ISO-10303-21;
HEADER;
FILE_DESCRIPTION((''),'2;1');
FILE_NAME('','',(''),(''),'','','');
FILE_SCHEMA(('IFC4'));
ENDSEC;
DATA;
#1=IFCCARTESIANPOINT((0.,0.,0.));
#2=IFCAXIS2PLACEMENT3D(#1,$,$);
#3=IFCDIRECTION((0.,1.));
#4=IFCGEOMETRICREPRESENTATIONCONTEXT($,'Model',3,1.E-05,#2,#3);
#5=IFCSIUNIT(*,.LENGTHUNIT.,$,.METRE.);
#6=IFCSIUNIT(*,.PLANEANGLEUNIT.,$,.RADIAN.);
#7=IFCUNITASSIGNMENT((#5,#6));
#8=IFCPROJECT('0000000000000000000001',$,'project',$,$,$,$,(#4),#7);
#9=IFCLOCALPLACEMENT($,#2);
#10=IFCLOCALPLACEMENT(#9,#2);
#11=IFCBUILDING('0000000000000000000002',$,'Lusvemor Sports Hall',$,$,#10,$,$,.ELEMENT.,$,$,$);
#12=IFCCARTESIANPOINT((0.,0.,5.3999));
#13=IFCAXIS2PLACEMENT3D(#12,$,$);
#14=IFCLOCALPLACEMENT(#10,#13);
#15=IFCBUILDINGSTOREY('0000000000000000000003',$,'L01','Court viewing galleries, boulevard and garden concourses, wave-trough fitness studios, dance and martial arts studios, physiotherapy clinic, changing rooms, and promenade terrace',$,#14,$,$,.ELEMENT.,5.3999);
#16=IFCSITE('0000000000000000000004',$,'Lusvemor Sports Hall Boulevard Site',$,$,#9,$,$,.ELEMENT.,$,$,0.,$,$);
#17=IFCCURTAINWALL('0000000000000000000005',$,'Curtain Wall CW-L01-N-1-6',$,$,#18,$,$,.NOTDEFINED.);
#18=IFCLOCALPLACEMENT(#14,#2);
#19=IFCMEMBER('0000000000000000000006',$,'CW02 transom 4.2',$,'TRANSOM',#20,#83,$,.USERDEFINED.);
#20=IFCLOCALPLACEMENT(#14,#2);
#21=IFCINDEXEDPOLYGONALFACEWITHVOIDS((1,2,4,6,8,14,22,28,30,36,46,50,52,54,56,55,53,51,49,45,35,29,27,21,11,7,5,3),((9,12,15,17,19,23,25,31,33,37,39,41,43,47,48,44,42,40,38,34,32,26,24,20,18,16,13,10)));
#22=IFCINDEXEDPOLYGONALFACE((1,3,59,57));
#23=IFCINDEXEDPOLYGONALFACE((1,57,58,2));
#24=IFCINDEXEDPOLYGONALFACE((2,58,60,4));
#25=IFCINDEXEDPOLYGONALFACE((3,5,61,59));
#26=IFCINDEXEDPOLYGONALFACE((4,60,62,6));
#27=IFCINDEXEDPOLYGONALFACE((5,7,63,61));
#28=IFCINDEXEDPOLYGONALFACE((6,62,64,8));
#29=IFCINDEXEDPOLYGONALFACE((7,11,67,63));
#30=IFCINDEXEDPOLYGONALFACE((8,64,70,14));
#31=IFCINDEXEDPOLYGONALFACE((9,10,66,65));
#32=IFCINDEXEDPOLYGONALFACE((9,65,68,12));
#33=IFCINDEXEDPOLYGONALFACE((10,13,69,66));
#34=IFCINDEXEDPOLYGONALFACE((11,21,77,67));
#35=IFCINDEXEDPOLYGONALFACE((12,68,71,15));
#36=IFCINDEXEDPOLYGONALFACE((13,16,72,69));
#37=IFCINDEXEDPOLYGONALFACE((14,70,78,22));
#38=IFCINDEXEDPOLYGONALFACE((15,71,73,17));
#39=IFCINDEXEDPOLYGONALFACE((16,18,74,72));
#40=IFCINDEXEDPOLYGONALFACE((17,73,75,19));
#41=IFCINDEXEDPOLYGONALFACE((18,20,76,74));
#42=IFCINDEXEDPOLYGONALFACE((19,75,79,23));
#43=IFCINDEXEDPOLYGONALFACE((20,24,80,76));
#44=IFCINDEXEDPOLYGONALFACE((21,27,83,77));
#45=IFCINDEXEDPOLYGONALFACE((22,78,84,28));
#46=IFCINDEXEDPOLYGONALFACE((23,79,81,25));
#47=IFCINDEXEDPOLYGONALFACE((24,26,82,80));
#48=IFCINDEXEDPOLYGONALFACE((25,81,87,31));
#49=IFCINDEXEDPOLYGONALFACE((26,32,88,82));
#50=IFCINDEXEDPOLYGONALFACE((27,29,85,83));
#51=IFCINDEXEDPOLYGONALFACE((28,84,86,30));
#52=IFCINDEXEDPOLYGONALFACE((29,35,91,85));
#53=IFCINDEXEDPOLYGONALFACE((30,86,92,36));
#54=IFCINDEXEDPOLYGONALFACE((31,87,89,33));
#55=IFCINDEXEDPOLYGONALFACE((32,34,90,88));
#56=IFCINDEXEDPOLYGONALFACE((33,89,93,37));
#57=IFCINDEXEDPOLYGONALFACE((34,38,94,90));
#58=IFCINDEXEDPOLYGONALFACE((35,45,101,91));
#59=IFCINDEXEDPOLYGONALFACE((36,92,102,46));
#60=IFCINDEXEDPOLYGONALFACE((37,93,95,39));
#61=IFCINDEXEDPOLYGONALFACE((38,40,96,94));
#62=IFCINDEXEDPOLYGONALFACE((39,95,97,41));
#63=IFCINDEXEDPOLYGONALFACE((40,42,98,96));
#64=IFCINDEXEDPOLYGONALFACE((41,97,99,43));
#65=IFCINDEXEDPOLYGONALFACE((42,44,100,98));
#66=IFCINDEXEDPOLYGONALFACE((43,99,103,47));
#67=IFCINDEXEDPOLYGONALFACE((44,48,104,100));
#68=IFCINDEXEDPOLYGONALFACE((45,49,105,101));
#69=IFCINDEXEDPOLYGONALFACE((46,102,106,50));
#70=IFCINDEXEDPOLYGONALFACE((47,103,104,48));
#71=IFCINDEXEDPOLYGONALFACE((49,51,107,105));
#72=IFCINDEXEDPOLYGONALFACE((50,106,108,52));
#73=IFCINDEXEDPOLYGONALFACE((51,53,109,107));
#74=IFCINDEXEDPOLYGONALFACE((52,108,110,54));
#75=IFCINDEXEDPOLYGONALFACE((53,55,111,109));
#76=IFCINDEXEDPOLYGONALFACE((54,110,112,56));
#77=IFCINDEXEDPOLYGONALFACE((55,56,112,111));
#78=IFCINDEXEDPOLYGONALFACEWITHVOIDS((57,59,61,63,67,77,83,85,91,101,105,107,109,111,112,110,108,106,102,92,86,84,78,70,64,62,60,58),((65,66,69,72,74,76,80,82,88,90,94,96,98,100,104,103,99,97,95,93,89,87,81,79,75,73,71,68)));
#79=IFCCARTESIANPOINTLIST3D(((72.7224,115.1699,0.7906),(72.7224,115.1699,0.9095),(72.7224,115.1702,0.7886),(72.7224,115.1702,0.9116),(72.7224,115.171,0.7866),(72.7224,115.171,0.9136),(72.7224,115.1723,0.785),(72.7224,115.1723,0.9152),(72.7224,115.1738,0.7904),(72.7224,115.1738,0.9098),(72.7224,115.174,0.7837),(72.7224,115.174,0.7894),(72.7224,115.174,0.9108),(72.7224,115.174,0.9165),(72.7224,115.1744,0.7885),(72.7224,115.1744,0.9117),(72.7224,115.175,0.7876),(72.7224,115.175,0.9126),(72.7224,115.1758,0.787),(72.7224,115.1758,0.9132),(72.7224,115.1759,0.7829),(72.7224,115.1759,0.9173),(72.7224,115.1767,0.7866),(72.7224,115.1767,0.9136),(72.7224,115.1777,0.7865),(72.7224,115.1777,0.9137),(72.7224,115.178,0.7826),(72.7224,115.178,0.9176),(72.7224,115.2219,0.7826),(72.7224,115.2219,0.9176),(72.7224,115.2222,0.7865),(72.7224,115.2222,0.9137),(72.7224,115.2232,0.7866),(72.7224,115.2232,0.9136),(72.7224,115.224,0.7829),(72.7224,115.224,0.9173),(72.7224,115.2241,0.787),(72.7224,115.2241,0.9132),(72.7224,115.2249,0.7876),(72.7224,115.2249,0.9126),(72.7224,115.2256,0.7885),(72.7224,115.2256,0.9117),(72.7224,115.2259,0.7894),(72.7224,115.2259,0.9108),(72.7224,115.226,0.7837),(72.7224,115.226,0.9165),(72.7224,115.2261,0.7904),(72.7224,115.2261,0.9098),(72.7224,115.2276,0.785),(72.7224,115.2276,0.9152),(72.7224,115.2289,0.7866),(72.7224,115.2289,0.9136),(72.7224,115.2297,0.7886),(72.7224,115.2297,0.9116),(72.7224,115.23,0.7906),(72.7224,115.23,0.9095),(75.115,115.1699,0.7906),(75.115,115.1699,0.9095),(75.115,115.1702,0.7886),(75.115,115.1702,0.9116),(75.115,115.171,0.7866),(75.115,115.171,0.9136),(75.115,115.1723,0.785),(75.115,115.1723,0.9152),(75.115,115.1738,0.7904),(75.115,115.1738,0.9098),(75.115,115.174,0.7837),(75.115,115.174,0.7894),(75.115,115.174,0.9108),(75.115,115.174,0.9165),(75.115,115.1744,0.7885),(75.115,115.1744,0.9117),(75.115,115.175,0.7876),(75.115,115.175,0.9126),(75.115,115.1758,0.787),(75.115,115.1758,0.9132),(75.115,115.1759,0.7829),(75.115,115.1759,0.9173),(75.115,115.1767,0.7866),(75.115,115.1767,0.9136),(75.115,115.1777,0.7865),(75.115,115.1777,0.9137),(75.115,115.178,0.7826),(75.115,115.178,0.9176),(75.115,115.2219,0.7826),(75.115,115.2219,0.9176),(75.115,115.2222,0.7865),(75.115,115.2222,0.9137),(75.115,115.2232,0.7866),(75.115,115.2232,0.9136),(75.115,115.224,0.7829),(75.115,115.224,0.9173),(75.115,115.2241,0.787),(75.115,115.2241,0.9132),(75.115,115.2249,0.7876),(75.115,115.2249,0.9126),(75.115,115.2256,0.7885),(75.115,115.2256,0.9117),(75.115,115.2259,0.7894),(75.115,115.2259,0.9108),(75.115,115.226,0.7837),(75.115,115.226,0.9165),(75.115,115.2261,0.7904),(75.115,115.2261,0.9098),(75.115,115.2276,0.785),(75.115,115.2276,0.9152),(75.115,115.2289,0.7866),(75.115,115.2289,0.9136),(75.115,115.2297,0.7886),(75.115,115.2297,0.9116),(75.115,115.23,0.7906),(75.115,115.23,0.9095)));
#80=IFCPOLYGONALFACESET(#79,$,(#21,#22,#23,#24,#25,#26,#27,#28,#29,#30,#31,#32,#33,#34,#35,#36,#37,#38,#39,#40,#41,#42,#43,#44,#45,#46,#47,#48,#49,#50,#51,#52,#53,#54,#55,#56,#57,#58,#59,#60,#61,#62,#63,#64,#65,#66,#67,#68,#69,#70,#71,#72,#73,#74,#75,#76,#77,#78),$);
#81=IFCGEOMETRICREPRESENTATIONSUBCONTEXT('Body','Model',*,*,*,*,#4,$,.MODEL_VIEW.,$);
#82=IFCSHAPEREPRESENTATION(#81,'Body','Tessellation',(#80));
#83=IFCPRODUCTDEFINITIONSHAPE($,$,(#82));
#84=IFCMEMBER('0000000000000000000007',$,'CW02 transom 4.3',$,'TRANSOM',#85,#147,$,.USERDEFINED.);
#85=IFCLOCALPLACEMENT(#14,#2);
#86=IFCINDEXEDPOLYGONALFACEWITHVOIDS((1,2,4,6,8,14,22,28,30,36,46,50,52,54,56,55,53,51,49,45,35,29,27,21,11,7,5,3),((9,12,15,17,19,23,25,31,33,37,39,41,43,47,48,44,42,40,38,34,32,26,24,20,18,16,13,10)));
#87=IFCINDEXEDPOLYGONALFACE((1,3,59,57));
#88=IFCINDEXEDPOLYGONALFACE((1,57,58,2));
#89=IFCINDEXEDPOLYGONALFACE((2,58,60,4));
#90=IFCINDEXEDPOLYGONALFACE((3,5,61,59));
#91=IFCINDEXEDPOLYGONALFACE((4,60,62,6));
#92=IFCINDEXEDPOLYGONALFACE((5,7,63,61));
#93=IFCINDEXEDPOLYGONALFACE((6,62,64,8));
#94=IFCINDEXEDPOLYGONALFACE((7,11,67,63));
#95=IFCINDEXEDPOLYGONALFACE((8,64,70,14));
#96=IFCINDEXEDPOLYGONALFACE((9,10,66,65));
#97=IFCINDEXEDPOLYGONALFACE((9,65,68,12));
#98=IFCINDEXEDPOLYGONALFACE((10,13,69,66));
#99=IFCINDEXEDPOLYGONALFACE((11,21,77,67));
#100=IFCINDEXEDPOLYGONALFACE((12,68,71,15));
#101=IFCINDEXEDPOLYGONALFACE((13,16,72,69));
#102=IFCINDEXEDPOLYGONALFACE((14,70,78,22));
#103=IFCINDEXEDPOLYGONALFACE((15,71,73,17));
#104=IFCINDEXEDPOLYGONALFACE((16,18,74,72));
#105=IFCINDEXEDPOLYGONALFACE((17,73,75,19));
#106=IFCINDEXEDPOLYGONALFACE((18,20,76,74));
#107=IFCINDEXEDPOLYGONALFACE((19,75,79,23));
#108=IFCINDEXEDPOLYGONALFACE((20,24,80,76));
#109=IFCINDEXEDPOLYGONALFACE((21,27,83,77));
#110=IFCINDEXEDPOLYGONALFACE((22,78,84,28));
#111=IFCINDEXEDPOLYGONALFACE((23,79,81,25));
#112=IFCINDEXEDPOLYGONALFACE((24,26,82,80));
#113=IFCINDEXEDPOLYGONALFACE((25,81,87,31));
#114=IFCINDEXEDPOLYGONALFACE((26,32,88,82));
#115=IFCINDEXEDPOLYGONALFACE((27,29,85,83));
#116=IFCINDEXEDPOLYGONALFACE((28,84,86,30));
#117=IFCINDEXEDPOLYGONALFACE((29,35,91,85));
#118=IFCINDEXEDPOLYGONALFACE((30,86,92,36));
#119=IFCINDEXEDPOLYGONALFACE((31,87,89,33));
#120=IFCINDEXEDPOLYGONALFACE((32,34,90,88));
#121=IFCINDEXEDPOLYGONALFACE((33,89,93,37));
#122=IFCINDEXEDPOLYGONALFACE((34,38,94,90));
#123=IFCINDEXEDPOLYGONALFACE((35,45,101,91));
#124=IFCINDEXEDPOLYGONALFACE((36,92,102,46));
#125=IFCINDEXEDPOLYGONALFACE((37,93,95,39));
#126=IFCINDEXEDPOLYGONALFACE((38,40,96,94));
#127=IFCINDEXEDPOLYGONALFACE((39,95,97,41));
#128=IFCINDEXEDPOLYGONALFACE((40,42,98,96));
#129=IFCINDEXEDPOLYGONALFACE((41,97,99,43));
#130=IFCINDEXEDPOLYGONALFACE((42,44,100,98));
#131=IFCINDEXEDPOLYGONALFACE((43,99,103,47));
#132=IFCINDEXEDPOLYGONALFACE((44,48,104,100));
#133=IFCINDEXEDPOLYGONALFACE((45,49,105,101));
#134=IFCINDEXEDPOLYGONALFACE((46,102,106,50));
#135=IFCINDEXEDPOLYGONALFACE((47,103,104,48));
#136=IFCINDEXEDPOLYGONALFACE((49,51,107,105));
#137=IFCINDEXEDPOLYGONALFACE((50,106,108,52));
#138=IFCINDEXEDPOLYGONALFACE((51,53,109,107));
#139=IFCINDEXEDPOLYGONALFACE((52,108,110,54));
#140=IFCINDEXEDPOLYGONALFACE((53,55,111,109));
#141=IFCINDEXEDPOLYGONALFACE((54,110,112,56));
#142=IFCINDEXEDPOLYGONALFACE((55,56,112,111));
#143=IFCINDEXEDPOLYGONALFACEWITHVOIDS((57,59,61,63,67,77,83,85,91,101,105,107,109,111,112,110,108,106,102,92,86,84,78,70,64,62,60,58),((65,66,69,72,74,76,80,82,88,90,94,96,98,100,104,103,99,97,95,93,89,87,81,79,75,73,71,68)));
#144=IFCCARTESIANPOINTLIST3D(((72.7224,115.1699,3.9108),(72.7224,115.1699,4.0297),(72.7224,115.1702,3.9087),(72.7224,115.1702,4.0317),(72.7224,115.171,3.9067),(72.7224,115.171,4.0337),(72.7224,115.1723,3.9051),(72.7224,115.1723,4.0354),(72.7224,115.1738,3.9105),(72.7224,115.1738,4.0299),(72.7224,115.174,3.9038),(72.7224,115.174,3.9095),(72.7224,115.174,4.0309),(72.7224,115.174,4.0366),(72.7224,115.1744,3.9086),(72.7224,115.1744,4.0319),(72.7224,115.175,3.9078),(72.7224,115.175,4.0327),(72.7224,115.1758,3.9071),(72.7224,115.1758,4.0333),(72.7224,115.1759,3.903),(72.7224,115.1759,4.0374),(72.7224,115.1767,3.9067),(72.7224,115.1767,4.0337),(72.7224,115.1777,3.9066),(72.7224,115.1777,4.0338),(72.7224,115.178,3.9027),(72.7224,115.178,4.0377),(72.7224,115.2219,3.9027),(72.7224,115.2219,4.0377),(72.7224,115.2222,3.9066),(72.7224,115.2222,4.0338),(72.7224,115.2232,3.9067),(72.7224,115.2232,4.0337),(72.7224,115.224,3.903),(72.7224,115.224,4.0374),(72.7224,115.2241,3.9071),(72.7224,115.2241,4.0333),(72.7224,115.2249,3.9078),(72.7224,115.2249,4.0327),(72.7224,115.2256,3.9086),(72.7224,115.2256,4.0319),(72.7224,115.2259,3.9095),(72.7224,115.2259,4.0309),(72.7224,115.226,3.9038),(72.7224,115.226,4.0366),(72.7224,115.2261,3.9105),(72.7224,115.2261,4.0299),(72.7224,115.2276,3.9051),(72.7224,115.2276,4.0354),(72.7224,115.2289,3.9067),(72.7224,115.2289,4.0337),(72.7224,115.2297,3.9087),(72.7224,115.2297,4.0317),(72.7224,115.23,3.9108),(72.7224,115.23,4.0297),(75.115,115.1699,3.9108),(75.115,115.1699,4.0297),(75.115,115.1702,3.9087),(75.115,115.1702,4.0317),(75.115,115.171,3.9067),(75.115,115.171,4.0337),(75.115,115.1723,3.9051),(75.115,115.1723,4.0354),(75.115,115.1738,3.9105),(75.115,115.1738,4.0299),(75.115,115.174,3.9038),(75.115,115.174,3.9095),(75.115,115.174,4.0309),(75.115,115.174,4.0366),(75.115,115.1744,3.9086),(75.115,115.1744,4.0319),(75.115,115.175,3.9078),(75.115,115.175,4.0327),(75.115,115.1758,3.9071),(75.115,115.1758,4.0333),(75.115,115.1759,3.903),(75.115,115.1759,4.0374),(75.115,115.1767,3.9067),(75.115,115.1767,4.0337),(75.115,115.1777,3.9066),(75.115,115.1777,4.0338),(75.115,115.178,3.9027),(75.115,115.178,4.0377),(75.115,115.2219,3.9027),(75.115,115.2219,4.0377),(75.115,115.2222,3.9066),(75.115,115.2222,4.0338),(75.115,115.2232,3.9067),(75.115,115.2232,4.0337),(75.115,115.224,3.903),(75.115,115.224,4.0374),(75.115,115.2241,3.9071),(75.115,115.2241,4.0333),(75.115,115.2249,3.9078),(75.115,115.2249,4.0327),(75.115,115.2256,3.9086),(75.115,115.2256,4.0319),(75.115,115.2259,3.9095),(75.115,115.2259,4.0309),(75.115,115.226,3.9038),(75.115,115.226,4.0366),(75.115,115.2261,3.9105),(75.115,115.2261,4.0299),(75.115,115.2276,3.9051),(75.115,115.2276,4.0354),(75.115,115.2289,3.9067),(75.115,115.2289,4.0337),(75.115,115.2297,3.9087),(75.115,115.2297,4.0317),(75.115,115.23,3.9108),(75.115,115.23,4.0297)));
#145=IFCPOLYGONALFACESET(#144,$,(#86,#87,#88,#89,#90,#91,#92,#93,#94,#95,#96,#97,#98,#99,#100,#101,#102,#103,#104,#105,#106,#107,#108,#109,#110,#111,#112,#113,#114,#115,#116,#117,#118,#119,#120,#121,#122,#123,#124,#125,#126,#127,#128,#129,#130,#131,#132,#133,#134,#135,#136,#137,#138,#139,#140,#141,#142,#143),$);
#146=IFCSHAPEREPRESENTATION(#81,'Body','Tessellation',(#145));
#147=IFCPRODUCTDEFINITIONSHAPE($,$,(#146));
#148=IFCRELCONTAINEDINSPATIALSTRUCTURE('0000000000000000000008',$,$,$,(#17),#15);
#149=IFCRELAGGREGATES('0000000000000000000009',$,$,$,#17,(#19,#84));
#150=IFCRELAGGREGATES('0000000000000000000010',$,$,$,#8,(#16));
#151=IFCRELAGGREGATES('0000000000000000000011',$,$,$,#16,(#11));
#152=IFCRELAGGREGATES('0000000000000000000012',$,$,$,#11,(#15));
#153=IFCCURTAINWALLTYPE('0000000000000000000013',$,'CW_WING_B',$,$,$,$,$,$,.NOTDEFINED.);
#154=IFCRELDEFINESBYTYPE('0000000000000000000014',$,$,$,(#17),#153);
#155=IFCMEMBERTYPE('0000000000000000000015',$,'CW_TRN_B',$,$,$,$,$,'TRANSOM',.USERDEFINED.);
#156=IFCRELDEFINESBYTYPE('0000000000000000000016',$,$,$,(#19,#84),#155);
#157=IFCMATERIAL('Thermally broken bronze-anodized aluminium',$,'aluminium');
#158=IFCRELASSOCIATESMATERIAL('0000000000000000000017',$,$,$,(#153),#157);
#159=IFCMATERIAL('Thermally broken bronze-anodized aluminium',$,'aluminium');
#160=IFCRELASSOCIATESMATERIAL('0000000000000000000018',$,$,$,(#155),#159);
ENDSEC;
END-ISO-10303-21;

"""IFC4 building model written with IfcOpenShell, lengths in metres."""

from ifc_helpers import new_model, si_unit, direction, frame, origin, origin_2d, place, context, subcontext, project, spatial, hollow_rectangle, extrude, material, material_profile, profile_set, type_object, element, aggregate, save


model = new_model("IFC4")

# Units and contexts
model_context = context("Model", 3, precision=1e-05, world=origin(), true_north=direction((0.0, 1.0)))
body_context = subcontext(model_context, "Body", "Model", "MODEL_VIEW")
ifc_project = project(units=[si_unit("LENGTHUNIT", "METRE"), si_unit("PLANEANGLEUNIT", "RADIAN")], contexts=[model_context])

# Site, building, storey
site_placement = place(None, origin())
site = spatial("IfcSite", under=ifc_project, at=site_placement, Name="Lusvemor Sports Hall Boulevard Site", CompositionType="ELEMENT", RefElevation=0.0)
building_placement = place(site_placement, origin())
building = spatial("IfcBuilding", under=site, at=building_placement, Name="Lusvemor Sports Hall", CompositionType="ELEMENT")
storey_placement = place(building_placement, frame((0.0, 0.0, 5.3999)))
storey = spatial("IfcBuildingStorey", under=building, at=storey_placement, Name="L01", Description="Court viewing galleries, boulevard and garden concourses, wave-trough fitness studios, dance and martial arts studios, physiotherapy clinic, changing rooms, and promenade terrace", CompositionType="ELEMENT", Elevation=5.3999)

# Curtain wall, members
ifc_material_1 = material(Name="Thermally broken bronze-anodized aluminium", Category="aluminium")
curtain_wall_type = type_object("IfcCurtainWallType", Name="CW_WING_B", PredefinedType="NOTDEFINED", material=ifc_material_1)
curtain_wall_placement = place(storey_placement, origin())
curtain_wall = element("IfcCurtainWall", 1, at=curtain_wall_placement, inside=storey, type_object=curtain_wall_type, Name="Curtain Wall CW-L01-N-1-6", PredefinedType="NOTDEFINED")
ifc_material_2 = material(Name="Thermally broken bronze-anodized aluminium", Category="aluminium")
ifc_material_profile_1 = material_profile(ifc_material_2, hollow_rectangle(XDim=0.0601, YDim=0.135, WallThickness=0.0039, InnerFilletRadius=0.0039, OuterFilletRadius=0.0081, at=origin_2d()), Name="CWTRN135x60x4")
ifc_profile_set_1 = profile_set([ifc_material_profile_1], Name="Thermally broken bronze-anodized aluminium")
member_type_1 = type_object("IfcMemberType", Name="CW_TRN_B", ElementType="TRANSOM", PredefinedType="USERDEFINED", material=ifc_profile_set_1)
member_1_placement = place(storey_placement, frame((72.7224, 115.2, 0.8501), z_axis=(1.0, 0.0, 0.0), x_axis=(0.0, 1.0, 0.0)))
member_1 = element("IfcMember", 2, at=member_1_placement, type_object=member_type_1, Name="CW02 transom 4.2", ObjectType="TRANSOM", PredefinedType="USERDEFINED", context=body_context, shape_type="SweptSolid", body=[
    extrude(hollow_rectangle(XDim=0.0601, YDim=0.135, WallThickness=0.0039, InnerFilletRadius=0.0039, OuterFilletRadius=0.0081, at=origin_2d()), origin(), (0.0, 0.0, 1.0), 2.3926),
])
member_2_placement = place(storey_placement, frame((72.7224, 115.2, 3.9702), z_axis=(1.0, 0.0, 0.0), x_axis=(0.0, 1.0, 0.0)))
member_2 = element("IfcMember", 3, at=member_2_placement, type_object=member_type_1, Name="CW02 transom 4.3", ObjectType="TRANSOM", PredefinedType="USERDEFINED", context=body_context, shape_type="SweptSolid", body=[
    extrude(hollow_rectangle(XDim=0.0601, YDim=0.135, WallThickness=0.0039, InnerFilletRadius=0.0039, OuterFilletRadius=0.0081, at=origin_2d()), origin(), (0.0, 0.0, 1.0), 2.3926),
])

aggregate(curtain_wall, [member_1, member_2])

save(model, "model.ifc")
